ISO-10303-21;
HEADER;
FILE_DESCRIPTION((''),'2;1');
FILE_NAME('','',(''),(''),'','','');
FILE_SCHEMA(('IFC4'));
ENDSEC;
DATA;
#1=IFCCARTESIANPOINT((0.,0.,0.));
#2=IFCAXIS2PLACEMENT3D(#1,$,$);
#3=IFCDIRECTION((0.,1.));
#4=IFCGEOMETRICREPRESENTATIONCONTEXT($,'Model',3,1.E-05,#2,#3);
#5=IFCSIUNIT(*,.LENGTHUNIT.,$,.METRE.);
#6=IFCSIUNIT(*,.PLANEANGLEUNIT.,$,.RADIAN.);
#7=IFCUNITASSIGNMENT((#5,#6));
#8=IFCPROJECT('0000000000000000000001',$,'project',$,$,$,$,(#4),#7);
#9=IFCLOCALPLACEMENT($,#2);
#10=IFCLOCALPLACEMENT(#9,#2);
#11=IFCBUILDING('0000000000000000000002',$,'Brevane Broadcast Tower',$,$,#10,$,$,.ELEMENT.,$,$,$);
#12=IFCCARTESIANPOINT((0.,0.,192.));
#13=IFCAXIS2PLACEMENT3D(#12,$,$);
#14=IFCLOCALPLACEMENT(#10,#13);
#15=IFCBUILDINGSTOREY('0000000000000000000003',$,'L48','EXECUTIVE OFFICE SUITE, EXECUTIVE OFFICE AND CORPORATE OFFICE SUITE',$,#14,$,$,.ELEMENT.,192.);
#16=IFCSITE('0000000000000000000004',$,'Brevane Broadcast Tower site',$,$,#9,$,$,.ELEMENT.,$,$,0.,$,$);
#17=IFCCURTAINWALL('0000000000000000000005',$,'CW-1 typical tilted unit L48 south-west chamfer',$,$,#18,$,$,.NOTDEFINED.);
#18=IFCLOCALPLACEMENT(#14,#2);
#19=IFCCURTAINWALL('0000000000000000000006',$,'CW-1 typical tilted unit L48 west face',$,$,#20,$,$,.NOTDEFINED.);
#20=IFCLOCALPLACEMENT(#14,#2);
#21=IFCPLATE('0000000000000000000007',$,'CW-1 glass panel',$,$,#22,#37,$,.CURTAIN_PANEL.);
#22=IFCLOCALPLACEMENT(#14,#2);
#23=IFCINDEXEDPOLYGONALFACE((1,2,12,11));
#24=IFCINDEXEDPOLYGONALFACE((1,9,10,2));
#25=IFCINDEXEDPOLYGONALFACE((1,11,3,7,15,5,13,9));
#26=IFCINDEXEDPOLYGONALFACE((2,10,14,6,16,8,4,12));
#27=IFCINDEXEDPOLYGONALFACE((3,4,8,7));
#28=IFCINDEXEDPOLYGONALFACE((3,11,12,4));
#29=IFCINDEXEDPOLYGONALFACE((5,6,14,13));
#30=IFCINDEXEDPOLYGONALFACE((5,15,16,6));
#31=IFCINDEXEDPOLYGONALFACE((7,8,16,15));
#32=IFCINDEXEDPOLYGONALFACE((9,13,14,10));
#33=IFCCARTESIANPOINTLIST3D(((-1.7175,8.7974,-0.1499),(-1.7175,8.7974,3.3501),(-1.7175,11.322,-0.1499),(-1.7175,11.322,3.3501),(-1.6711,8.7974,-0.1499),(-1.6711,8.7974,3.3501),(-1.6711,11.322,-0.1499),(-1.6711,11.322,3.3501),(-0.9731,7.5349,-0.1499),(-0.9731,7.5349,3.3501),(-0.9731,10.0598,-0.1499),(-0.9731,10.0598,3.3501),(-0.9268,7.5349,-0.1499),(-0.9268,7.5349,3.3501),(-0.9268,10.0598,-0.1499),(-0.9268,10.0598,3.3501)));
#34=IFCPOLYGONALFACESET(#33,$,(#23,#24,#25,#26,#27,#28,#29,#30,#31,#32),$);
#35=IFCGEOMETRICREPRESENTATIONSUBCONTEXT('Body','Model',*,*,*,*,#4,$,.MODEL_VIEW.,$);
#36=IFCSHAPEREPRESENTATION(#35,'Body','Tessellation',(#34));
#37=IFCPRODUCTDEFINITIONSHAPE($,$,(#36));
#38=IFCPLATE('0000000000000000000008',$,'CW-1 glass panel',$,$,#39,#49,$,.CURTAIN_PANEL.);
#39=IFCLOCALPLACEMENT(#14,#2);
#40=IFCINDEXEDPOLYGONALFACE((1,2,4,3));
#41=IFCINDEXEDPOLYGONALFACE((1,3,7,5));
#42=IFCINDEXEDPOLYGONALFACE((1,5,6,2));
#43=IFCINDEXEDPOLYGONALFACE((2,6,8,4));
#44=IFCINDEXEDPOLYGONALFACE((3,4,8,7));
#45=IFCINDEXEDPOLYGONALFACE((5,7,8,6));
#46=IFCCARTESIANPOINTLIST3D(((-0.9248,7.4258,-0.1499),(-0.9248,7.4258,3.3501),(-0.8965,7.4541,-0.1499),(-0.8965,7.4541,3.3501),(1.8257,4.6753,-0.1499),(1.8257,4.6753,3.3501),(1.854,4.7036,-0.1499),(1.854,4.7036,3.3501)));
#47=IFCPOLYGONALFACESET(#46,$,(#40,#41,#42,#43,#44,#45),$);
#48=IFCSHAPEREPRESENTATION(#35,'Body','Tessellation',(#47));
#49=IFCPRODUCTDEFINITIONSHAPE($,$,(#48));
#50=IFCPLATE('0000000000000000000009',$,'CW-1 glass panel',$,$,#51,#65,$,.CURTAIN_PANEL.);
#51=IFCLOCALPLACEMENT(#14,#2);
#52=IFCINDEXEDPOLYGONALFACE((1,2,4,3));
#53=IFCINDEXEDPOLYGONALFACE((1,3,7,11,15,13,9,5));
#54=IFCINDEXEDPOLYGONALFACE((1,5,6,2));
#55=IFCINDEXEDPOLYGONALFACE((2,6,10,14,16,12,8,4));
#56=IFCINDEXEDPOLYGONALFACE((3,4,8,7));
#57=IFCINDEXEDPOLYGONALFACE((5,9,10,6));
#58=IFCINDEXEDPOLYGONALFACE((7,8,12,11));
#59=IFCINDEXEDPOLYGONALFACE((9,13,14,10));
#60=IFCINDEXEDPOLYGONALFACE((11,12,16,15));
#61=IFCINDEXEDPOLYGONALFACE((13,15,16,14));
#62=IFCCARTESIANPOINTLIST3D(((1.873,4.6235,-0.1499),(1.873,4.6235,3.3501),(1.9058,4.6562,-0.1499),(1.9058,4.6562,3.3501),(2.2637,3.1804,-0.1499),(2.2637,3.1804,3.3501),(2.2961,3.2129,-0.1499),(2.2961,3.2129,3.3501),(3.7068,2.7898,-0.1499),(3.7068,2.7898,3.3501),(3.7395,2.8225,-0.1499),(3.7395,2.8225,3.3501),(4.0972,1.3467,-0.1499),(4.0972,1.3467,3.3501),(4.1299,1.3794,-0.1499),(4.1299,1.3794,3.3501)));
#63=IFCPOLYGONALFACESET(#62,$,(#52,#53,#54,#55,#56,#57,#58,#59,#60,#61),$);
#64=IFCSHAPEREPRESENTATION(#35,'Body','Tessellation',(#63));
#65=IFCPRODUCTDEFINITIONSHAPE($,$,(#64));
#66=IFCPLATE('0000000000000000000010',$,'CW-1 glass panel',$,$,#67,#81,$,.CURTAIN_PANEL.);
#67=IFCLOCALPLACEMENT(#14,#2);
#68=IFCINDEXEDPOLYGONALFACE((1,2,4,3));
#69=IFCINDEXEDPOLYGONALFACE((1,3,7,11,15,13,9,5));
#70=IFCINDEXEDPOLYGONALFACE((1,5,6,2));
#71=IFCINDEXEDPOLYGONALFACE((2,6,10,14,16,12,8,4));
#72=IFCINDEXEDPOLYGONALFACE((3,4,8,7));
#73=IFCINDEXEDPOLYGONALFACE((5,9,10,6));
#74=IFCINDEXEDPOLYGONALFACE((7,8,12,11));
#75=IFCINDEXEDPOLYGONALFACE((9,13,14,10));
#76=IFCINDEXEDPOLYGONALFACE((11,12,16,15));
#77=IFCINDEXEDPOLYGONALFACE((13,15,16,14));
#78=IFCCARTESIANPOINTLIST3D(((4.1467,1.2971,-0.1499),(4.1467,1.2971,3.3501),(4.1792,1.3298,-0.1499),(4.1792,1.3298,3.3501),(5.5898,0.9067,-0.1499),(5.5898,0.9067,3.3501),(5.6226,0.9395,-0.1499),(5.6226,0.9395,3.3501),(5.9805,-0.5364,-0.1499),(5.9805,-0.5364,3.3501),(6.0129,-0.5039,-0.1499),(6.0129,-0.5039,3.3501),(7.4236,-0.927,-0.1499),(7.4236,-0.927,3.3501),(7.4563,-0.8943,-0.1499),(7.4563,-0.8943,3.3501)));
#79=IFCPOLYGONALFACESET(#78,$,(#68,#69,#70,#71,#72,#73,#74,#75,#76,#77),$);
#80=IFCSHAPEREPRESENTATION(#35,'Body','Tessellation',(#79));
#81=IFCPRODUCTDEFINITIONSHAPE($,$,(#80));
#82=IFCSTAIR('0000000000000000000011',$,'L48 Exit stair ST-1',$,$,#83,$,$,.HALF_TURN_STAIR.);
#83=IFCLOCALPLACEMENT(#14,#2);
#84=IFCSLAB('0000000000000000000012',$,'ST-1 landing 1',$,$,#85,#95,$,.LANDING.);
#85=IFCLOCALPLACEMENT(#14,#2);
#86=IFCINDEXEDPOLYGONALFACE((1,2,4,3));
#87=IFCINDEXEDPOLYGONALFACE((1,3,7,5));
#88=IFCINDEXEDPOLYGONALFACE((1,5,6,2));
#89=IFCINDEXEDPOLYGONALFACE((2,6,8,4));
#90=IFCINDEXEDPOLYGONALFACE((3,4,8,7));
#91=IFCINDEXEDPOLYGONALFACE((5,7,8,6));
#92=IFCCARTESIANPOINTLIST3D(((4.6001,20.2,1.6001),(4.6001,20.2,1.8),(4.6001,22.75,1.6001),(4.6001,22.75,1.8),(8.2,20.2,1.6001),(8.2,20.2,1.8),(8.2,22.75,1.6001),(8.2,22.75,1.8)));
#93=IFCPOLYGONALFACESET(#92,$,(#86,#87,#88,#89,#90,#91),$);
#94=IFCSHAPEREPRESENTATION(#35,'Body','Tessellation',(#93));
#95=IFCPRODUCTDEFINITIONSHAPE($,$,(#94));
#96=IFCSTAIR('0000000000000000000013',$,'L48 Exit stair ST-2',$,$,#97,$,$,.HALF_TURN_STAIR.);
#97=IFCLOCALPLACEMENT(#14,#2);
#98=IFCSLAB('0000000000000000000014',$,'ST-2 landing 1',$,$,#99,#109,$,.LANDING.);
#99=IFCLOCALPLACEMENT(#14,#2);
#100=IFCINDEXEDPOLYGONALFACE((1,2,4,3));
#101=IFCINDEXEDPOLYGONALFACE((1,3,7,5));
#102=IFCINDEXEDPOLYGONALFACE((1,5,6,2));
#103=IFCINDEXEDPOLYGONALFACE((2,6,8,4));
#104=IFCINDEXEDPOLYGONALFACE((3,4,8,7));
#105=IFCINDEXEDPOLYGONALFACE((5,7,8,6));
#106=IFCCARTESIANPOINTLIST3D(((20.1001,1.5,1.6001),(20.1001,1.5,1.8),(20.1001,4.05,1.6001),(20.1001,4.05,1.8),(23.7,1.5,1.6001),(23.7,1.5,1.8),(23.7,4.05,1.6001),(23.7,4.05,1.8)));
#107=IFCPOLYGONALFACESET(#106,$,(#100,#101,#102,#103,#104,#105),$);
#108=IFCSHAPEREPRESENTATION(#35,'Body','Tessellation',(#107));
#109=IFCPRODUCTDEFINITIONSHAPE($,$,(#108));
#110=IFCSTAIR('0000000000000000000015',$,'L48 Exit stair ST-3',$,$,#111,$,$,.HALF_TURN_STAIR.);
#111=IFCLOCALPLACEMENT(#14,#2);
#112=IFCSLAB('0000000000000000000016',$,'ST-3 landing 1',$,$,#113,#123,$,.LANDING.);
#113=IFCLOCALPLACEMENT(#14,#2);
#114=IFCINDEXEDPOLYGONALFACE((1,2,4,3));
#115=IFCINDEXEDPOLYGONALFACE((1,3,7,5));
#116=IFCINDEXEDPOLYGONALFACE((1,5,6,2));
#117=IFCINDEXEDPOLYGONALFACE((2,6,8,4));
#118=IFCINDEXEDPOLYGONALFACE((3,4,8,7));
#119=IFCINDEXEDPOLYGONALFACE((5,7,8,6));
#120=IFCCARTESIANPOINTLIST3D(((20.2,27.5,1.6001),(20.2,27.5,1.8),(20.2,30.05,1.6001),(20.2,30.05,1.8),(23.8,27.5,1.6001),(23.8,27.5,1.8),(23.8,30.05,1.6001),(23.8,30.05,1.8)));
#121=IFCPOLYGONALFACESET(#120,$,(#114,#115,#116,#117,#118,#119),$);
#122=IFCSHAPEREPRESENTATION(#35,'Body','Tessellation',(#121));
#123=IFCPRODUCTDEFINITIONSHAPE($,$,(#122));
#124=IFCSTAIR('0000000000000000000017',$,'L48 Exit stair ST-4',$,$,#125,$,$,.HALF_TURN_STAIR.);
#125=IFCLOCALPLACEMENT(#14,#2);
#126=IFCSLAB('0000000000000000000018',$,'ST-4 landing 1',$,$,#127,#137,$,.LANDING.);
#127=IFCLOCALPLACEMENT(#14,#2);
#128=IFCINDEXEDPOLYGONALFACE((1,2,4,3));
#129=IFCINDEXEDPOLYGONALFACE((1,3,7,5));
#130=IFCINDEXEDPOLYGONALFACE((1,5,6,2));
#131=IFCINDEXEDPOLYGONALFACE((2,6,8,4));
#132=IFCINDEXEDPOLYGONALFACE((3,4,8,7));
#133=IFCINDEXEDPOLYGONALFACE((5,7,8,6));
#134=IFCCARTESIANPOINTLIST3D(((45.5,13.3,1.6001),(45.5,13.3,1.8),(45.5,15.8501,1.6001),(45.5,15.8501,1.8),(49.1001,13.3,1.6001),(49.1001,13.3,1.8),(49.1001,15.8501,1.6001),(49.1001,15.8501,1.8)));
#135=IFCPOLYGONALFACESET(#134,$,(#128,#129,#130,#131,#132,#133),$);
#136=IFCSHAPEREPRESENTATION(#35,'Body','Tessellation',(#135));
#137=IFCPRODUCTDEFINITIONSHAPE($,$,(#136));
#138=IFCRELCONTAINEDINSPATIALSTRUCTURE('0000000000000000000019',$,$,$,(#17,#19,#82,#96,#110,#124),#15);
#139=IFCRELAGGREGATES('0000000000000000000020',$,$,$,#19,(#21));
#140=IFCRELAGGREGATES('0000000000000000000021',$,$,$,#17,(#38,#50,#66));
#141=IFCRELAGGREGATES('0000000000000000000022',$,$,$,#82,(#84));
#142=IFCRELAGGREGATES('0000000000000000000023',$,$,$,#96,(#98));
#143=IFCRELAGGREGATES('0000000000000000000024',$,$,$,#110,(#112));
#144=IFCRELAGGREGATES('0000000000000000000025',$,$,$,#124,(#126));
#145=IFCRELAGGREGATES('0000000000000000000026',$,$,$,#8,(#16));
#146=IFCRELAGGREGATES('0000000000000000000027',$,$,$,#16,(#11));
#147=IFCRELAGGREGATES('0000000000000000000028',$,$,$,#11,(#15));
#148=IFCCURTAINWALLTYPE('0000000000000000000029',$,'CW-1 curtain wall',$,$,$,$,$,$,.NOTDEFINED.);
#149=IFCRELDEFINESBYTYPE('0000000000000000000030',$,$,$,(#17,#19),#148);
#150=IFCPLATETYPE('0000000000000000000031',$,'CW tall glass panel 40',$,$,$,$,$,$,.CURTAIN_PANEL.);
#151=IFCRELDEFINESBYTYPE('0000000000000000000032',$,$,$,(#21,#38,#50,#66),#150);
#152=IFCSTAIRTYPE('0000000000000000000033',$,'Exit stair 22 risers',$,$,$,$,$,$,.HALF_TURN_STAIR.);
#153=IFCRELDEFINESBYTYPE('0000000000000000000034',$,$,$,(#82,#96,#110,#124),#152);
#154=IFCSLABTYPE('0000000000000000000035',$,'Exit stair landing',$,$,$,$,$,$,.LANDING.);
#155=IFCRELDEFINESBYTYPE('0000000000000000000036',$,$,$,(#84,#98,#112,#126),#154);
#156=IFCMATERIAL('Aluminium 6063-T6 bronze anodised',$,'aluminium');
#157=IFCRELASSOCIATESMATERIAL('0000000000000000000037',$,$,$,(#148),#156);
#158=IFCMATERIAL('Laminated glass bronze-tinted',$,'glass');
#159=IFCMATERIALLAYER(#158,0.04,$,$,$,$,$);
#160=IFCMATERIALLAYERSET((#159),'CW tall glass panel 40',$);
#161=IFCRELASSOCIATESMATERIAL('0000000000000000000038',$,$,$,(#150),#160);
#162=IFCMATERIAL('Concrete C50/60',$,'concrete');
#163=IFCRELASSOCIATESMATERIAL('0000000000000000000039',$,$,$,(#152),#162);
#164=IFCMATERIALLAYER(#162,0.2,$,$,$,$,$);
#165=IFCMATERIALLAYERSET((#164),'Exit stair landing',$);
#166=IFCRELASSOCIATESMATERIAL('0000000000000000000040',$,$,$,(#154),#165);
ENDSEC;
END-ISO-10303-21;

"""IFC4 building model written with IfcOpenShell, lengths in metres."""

from ifc_helpers import new_model, si_unit, direction, frame, origin, place, context, subcontext, project, spatial, polyline, outline, extrude, material, layer, layer_set, type_object, element, aggregate, save


model = new_model("IFC4")

# Units and contexts
model_context = context("Model", 3, precision=1e-05, world=origin(), true_north=direction((0.0, 1.0)))
body_context = subcontext(model_context, "Body", "Model", "MODEL_VIEW")
ifc_project = project(units=[si_unit("LENGTHUNIT", "METRE"), si_unit("PLANEANGLEUNIT", "RADIAN")], contexts=[model_context])

# Site, building, storey
site_placement = place(None, origin())
site = spatial("IfcSite", under=ifc_project, at=site_placement, Name="Brevane Broadcast Tower site", CompositionType="ELEMENT", RefElevation=0.0)
building_placement = place(site_placement, origin())
building = spatial("IfcBuilding", under=site, at=building_placement, Name="Brevane Broadcast Tower", CompositionType="ELEMENT")
storey_placement = place(building_placement, frame((0.0, 0.0, 192.0)))
storey = spatial("IfcBuildingStorey", under=building, at=storey_placement, Name="L48", Description="EXECUTIVE OFFICE SUITE, EXECUTIVE OFFICE AND CORPORATE OFFICE SUITE", CompositionType="ELEMENT", Elevation=192.0)

# Curtain wall
ifc_material_1 = material(Name="Aluminium 6063-T6 bronze anodised", Category="aluminium")
curtain_wall_type = type_object("IfcCurtainWallType", Name="CW-1 curtain wall", PredefinedType="NOTDEFINED", material=ifc_material_1)
curtain_wall_1_placement = place(storey_placement, origin())
curtain_wall_1 = element("IfcCurtainWall", 1, at=curtain_wall_1_placement, inside=storey, type_object=curtain_wall_type, Name="CW-1 typical tilted unit L48 south-west chamfer", PredefinedType="NOTDEFINED")

# Shared definitions
ifc_material_2 = material(Name="Laminated glass bronze-tinted", Category="glass")
ifc_layer_1 = layer(ifc_material_2, 0.04)
ifc_layer_set_1 = layer_set([ifc_layer_1], Name="CW tall glass panel 40")
plate_type = type_object("IfcPlateType", Name="CW tall glass panel 40", PredefinedType="CURTAIN_PANEL", material=ifc_layer_set_1)

# Curtain wall, plate
curtain_wall_2_placement = place(storey_placement, origin())
curtain_wall_2 = element("IfcCurtainWall", 2, at=curtain_wall_2_placement, inside=storey, type_object=curtain_wall_type, Name="CW-1 typical tilted unit L48 west face", PredefinedType="NOTDEFINED")
plate_1_placement = place(storey_placement, frame((0.0, 0.0, -0.1499)))
plate_1 = element("IfcPlate", 3, at=plate_1_placement, type_object=plate_type, Name="CW-1 glass panel", PredefinedType="CURTAIN_PANEL", context=body_context, shape_type="SweptSolid", body=[
    extrude(outline(polyline([(-1.6711, 11.322), (-1.7175, 11.322), (-0.9731, 10.0598), (-1.7175, 8.7974), (-0.9731, 7.5349), (-0.9268, 7.5349), (-1.6711, 8.7974), (-0.9268, 10.0598), (-1.6711, 11.322)])), origin(), (0.0, 0.0, 1.0), 3.5),
])
aggregate(curtain_wall_2, [plate_1])

# Plates
plate_2_placement = place(storey_placement, frame((0.0, 0.0, -0.1499)))
plate_2 = element("IfcPlate", 4, at=plate_2_placement, type_object=plate_type, Name="CW-1 glass panel", PredefinedType="CURTAIN_PANEL", context=body_context, shape_type="SweptSolid", body=[
    extrude(outline(polyline([(-0.8965, 7.4541), (1.854, 4.7036), (1.8257, 4.6753), (-0.9248, 7.4258), (-0.8965, 7.4541)])), origin(), (0.0, 0.0, 1.0), 3.5),
])
plate_3_placement = place(storey_placement, frame((0.0, 0.0, -0.1499)))
plate_3 = element("IfcPlate", 5, at=plate_3_placement, type_object=plate_type, Name="CW-1 glass panel", PredefinedType="CURTAIN_PANEL", context=body_context, shape_type="SweptSolid", body=[
    extrude(outline(polyline([(1.9058, 4.6562), (1.873, 4.6235), (2.2637, 3.1804), (3.7068, 2.7898), (4.0972, 1.3467), (4.1299, 1.3794), (3.7395, 2.8225), (2.2961, 3.2129), (1.9058, 4.6562)])), origin(), (0.0, 0.0, 1.0), 3.5),
])
plate_4_placement = place(storey_placement, frame((0.0, 0.0, -0.1499)))
plate_4 = element("IfcPlate", 6, at=plate_4_placement, type_object=plate_type, Name="CW-1 glass panel", PredefinedType="CURTAIN_PANEL", context=body_context, shape_type="SweptSolid", body=[
    extrude(outline(polyline([(4.1792, 1.3298), (4.1467, 1.2971), (5.5898, 0.9067), (5.9805, -0.5364), (7.4236, -0.927), (7.4563, -0.8943), (6.0129, -0.5039), (5.6226, 0.9395), (4.1792, 1.3298)])), origin(), (0.0, 0.0, 1.0), 3.5),
])
aggregate(curtain_wall_1, [plate_2, plate_3, plate_4])

# Stairs, slabs
ifc_material_3 = material(Name="Concrete C50/60", Category="concrete")
stair_type = type_object("IfcStairType", Name="Exit stair 22 risers", PredefinedType="HALF_TURN_STAIR", material=ifc_material_3)
stair_1_placement = place(storey_placement, origin())
stair_1 = element("IfcStair", 7, at=stair_1_placement, inside=storey, type_object=stair_type, Name="L48 Exit stair ST-1", PredefinedType="HALF_TURN_STAIR")
ifc_layer_2 = layer(ifc_material_3, 0.2)
ifc_layer_set_2 = layer_set([ifc_layer_2], Name="Exit stair landing")
slab_type_1 = type_object("IfcSlabType", Name="Exit stair landing", PredefinedType="LANDING", material=ifc_layer_set_2)
slab_1_placement = place(storey_placement, frame((0.0, 0.0, 1.6001)))
slab_1 = element("IfcSlab", 8, at=slab_1_placement, type_object=slab_type_1, Name="ST-1 landing 1", PredefinedType="LANDING", context=body_context, shape_type="SweptSolid", body=[
    extrude(outline(polyline([(4.6001, 20.2), (8.2, 20.2), (8.2, 22.75), (4.6001, 22.75), (4.6001, 20.2)])), origin(), (0.0, 0.0, 1.0), 0.2),
])
aggregate(stair_1, [slab_1])
stair_2_placement = place(storey_placement, origin())
stair_2 = element("IfcStair", 9, at=stair_2_placement, inside=storey, type_object=stair_type, Name="L48 Exit stair ST-2", PredefinedType="HALF_TURN_STAIR")
slab_2_placement = place(storey_placement, frame((0.0, 0.0, 1.6001)))
slab_2 = element("IfcSlab", 10, at=slab_2_placement, type_object=slab_type_1, Name="ST-2 landing 1", PredefinedType="LANDING", context=body_context, shape_type="SweptSolid", body=[
    extrude(outline(polyline([(20.1001, 1.5), (23.7, 1.5), (23.7, 4.05), (20.1001, 4.05), (20.1001, 1.5)])), origin(), (0.0, 0.0, 1.0), 0.2),
])
aggregate(stair_2, [slab_2])
stair_3_placement = place(storey_placement, origin())
stair_3 = element("IfcStair", 11, at=stair_3_placement, inside=storey, type_object=stair_type, Name="L48 Exit stair ST-3", PredefinedType="HALF_TURN_STAIR")
slab_3_placement = place(storey_placement, frame((0.0, 0.0, 1.6001)))
slab_3 = element("IfcSlab", 12, at=slab_3_placement, type_object=slab_type_1, Name="ST-3 landing 1", PredefinedType="LANDING", context=body_context, shape_type="SweptSolid", body=[
    extrude(outline(polyline([(20.2, 27.5), (23.8, 27.5), (23.8, 30.05), (20.2, 30.05), (20.2, 27.5)])), origin(), (0.0, 0.0, 1.0), 0.2),
])
aggregate(stair_3, [slab_3])
stair_4_placement = place(storey_placement, origin())
stair_4 = element("IfcStair", 13, at=stair_4_placement, inside=storey, type_object=stair_type, Name="L48 Exit stair ST-4", PredefinedType="HALF_TURN_STAIR")
slab_4_placement = place(storey_placement, frame((0.0, 0.0, 1.6001)))
slab_4 = element("IfcSlab", 14, at=slab_4_placement, type_object=slab_type_1, Name="ST-4 landing 1", PredefinedType="LANDING", context=body_context, shape_type="SweptSolid", body=[
    extrude(outline(polyline([(45.5, 13.3), (49.1001, 13.3), (49.1001, 15.8501), (45.5, 15.8501), (45.5, 13.3)])), origin(), (0.0, 0.0, 1.0), 0.2),
])
aggregate(stair_4, [slab_4])

save(model, "model.ifc")
